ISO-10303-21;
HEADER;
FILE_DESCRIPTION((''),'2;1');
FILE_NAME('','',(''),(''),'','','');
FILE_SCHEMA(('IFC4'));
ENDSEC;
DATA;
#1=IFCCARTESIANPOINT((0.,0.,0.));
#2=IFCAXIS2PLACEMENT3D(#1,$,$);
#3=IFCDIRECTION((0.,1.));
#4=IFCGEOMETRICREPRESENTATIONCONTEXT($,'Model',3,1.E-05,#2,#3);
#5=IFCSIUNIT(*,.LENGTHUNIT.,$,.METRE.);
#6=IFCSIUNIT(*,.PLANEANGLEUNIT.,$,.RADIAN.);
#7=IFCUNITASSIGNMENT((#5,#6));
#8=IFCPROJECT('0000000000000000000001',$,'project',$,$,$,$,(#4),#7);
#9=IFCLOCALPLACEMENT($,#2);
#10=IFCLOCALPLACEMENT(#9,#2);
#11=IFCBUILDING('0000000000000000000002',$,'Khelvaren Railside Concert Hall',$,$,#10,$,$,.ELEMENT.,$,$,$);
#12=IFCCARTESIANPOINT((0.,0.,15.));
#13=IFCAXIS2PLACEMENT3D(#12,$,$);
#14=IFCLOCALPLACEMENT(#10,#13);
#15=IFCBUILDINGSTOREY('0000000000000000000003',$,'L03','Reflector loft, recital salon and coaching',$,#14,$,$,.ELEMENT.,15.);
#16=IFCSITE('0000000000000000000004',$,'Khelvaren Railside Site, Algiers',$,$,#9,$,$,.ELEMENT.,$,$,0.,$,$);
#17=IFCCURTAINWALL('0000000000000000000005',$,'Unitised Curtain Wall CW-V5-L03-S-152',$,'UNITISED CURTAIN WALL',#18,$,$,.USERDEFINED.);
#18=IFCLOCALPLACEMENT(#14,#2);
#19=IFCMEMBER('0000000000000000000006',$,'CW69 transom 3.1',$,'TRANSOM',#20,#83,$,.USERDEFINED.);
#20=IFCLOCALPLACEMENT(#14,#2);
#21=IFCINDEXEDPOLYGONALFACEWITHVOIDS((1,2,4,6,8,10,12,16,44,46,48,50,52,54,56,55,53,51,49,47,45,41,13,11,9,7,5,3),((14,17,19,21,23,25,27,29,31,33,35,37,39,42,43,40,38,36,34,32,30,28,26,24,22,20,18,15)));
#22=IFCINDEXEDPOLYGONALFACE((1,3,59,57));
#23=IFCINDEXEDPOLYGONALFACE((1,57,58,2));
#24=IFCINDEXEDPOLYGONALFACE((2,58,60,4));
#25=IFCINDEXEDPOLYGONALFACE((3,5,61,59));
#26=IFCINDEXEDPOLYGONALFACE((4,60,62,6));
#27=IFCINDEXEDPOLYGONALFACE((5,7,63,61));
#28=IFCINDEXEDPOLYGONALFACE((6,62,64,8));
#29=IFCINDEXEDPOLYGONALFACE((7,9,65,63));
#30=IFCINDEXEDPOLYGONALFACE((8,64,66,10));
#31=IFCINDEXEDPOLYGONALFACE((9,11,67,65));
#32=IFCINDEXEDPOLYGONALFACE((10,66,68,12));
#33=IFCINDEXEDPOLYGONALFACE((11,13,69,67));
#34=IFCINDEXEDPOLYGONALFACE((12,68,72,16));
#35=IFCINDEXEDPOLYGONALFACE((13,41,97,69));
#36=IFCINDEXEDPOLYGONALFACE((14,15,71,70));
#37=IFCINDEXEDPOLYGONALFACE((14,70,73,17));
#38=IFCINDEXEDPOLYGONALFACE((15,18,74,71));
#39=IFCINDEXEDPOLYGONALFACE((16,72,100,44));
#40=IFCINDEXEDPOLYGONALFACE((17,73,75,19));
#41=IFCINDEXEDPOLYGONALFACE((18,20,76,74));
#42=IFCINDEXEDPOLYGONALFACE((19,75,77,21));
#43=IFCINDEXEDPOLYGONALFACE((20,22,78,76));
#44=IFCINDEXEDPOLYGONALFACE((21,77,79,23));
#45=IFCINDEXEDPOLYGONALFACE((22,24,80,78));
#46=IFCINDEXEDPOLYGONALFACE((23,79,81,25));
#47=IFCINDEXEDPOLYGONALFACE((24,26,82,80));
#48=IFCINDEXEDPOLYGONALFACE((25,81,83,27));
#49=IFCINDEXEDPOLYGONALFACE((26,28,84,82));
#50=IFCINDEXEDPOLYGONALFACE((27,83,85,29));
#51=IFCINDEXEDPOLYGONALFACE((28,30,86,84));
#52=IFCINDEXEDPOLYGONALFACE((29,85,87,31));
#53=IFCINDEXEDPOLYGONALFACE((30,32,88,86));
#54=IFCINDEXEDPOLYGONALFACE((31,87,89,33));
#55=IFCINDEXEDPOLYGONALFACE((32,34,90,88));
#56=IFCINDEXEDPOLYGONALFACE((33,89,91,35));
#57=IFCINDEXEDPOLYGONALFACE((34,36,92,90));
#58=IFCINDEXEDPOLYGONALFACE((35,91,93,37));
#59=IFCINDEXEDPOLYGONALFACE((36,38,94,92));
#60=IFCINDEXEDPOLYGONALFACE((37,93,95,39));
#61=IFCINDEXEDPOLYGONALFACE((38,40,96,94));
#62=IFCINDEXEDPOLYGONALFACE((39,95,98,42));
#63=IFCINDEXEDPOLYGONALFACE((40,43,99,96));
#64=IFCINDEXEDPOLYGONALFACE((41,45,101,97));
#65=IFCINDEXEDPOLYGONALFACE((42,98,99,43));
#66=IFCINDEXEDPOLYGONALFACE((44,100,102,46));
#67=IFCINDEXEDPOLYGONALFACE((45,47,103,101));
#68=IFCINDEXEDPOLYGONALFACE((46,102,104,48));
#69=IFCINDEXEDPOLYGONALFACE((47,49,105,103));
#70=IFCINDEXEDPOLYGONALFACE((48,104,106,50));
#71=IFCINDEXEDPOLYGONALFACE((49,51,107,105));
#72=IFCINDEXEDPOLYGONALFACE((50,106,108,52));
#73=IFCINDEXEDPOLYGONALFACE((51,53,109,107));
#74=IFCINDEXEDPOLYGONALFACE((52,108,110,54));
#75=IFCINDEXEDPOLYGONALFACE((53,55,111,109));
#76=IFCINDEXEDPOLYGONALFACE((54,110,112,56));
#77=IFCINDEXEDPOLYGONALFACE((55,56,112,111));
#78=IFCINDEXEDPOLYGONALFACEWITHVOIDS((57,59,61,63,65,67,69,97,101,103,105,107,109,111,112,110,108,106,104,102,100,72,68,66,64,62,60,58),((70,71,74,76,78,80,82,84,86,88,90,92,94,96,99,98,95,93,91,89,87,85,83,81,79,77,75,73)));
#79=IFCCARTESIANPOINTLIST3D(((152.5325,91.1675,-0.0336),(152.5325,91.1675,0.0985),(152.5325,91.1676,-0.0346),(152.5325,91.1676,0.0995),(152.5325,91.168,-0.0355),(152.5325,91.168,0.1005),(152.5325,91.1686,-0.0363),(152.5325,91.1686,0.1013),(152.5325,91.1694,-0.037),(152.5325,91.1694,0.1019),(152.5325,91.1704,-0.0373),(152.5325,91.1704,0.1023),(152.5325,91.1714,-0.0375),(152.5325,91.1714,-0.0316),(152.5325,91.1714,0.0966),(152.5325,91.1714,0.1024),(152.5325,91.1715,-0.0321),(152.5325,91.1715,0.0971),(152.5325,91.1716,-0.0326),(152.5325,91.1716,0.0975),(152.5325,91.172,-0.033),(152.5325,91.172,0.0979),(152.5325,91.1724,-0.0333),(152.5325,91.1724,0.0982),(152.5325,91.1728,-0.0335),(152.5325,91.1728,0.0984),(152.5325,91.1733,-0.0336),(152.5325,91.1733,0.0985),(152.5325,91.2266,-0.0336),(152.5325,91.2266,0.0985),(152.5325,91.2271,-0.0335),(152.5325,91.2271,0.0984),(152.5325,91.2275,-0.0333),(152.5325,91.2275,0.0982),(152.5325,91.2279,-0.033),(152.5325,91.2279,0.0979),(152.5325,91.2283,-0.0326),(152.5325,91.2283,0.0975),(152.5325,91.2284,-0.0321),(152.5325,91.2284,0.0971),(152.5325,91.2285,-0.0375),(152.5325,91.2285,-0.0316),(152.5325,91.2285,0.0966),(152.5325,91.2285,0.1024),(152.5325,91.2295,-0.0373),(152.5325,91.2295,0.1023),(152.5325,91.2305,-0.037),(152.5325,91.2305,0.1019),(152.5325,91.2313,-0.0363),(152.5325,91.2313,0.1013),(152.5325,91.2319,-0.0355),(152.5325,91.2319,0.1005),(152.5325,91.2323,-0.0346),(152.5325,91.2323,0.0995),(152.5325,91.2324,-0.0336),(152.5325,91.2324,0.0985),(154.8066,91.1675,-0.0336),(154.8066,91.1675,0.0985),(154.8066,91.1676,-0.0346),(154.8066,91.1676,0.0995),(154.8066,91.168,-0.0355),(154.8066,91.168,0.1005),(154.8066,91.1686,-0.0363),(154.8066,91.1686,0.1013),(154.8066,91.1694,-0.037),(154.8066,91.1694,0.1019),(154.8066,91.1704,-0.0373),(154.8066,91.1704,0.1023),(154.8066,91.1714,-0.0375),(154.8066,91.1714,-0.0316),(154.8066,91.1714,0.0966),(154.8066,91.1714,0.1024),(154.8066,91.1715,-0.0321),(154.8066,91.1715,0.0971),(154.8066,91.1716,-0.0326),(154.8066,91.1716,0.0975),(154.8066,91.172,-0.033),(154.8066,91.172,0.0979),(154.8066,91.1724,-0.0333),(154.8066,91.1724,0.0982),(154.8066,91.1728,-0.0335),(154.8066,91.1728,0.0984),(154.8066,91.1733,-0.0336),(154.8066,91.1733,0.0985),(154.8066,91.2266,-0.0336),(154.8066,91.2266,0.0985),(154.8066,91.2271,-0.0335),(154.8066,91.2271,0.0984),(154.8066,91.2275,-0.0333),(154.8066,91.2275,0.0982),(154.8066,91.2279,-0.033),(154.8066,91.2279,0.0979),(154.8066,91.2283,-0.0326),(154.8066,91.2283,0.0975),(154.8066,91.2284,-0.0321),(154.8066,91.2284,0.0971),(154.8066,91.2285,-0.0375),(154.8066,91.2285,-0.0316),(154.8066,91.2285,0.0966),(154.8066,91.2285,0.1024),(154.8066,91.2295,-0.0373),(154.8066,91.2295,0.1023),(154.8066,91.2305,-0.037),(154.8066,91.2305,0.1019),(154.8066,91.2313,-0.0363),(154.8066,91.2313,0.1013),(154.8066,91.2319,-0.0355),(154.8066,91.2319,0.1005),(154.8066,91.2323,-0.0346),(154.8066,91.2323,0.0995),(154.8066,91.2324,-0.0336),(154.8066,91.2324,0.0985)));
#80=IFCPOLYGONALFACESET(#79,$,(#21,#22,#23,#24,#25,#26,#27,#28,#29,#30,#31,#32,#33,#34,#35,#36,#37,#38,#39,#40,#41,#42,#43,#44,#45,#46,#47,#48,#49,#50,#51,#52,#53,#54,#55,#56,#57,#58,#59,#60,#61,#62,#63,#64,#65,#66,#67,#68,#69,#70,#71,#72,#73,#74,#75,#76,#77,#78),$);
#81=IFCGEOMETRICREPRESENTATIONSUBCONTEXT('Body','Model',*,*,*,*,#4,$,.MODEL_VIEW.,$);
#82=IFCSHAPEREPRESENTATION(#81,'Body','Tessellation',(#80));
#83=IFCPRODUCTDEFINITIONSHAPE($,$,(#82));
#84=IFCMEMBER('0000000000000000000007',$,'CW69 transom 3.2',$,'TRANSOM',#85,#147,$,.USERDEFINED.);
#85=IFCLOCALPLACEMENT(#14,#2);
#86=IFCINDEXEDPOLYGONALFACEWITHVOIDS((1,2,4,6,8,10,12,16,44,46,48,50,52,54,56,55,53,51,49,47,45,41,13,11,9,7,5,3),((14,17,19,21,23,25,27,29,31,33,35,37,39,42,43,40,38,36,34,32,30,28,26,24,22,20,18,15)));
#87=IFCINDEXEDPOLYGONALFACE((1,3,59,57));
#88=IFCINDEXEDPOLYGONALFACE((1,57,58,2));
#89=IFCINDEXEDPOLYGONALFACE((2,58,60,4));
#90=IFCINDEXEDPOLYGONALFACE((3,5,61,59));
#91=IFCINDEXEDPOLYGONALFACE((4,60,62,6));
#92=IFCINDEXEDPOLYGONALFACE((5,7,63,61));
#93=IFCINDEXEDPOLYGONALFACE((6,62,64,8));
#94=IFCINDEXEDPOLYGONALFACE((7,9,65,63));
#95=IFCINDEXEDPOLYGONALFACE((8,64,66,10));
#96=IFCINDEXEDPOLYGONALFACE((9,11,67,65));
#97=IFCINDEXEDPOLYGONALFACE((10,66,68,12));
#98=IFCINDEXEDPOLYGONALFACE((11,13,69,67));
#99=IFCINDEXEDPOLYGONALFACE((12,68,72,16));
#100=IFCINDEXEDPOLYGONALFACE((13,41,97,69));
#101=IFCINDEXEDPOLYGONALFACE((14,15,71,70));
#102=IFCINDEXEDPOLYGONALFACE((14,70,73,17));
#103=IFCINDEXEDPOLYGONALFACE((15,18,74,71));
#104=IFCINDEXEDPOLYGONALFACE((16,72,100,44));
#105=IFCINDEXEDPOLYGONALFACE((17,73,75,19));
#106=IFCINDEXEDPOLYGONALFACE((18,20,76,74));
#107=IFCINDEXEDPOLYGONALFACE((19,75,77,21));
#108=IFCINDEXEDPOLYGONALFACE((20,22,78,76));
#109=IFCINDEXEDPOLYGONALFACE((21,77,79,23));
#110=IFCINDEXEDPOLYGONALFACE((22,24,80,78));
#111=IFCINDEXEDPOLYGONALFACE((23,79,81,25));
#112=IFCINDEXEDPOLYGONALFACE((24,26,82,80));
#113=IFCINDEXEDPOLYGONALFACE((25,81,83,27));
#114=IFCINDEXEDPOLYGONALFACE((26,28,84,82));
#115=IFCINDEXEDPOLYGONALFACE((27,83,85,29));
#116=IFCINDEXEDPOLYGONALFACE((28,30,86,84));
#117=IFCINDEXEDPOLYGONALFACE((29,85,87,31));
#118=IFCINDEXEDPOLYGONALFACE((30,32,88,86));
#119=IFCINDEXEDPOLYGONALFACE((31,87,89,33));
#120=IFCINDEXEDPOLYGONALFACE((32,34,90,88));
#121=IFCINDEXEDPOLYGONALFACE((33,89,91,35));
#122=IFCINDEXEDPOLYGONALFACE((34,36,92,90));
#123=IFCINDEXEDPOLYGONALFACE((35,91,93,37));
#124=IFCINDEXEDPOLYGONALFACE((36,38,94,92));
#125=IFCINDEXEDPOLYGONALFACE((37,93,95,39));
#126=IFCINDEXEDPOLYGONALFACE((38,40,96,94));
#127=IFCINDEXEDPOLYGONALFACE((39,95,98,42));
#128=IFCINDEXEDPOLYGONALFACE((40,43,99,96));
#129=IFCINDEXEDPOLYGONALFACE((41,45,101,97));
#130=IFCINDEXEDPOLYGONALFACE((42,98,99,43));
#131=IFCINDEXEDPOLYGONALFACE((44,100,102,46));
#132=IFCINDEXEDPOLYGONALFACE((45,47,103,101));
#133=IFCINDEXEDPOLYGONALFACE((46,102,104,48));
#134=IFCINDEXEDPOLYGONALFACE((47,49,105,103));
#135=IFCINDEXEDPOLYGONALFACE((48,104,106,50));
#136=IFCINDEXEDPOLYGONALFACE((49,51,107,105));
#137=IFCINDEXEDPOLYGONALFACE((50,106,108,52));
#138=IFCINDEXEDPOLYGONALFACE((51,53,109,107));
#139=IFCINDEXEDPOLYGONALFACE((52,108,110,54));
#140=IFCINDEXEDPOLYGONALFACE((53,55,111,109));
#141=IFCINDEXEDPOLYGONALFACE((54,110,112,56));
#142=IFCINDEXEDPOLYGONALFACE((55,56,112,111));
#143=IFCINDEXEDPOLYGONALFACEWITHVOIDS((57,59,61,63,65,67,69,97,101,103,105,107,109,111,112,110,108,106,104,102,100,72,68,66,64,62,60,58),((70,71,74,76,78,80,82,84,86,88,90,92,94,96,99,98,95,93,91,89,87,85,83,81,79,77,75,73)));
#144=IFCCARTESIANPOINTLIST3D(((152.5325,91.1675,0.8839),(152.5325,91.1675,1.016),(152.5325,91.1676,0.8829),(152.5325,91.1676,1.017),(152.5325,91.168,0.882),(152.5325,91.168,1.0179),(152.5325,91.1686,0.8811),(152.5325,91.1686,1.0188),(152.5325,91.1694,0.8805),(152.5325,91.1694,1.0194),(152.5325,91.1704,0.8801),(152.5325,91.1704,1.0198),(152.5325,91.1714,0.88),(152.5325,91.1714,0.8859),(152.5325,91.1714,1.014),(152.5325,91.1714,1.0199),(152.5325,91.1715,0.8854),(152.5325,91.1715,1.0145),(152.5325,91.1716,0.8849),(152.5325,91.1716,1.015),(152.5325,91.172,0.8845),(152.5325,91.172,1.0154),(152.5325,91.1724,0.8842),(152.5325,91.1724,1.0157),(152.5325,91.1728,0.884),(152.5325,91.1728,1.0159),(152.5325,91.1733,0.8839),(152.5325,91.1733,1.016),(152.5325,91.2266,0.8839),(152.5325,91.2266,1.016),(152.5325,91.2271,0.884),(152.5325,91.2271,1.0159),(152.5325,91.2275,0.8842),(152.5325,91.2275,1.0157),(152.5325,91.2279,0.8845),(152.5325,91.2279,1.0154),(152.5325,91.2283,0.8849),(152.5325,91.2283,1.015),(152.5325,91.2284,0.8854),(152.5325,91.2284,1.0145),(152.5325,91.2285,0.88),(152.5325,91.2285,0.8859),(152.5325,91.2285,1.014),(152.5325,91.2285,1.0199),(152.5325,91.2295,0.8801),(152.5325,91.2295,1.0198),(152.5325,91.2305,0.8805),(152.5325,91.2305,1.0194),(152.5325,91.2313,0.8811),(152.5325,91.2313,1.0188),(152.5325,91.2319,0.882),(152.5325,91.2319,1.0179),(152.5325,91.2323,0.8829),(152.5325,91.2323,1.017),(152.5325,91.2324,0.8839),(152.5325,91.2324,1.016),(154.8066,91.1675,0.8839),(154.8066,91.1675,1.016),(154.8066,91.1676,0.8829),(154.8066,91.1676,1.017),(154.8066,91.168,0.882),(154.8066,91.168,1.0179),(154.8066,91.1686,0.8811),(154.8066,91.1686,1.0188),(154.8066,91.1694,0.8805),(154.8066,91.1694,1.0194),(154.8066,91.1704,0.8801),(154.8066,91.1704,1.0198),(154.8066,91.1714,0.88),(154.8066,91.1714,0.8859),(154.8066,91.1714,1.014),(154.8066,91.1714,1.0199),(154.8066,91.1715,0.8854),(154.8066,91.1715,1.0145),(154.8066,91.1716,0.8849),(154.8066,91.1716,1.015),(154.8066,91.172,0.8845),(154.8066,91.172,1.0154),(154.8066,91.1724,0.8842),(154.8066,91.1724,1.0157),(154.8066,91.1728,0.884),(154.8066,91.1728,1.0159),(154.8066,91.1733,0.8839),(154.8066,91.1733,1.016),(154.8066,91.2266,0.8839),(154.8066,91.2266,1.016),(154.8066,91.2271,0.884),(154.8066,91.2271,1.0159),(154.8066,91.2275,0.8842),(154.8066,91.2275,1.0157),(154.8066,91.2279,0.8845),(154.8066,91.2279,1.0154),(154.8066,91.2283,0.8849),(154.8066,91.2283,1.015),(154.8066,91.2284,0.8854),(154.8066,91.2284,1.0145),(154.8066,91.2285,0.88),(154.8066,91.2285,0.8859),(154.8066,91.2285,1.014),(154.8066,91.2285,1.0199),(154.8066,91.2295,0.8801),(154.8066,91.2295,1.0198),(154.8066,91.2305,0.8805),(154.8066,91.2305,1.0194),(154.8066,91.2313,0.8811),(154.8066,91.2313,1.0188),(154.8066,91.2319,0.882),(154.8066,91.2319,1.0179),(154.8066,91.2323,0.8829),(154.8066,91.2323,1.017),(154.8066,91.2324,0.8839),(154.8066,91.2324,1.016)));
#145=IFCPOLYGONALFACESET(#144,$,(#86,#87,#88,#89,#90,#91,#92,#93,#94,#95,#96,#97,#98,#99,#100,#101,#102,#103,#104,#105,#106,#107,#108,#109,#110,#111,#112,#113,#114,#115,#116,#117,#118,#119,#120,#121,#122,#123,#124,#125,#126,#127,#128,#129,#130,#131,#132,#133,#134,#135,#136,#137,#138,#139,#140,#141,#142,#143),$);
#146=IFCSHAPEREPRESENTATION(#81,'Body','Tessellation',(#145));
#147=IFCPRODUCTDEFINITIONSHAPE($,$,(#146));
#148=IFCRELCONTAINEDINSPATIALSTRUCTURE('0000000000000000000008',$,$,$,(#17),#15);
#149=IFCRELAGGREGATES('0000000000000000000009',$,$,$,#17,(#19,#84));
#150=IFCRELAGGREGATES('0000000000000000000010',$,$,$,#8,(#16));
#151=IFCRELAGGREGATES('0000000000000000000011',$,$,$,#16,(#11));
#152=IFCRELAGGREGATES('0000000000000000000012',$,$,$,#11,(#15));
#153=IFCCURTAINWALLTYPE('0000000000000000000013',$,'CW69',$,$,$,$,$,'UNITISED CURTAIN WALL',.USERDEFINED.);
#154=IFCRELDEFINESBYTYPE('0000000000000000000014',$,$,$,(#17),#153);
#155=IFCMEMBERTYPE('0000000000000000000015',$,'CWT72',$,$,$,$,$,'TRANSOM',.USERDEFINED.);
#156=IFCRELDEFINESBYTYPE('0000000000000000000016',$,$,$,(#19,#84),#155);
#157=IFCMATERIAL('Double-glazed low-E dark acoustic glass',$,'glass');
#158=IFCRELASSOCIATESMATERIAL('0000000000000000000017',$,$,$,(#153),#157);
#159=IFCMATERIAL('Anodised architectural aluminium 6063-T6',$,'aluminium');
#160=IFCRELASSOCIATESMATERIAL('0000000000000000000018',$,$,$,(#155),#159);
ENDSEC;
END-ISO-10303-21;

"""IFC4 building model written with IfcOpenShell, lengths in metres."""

from ifc_helpers import new_model, si_unit, direction, frame, origin, origin_2d, place, context, subcontext, project, spatial, hollow_rectangle, extrude, material, material_profile, profile_set, type_object, element, aggregate, save


model = new_model("IFC4")

# Units and contexts
model_context = context("Model", 3, precision=1e-05, world=origin(), true_north=direction((0.0, 1.0)))
body_context = subcontext(model_context, "Body", "Model", "MODEL_VIEW")
ifc_project = project(units=[si_unit("LENGTHUNIT", "METRE"), si_unit("PLANEANGLEUNIT", "RADIAN")], contexts=[model_context])

# Site, building, storey
site_placement = place(None, origin())
site = spatial("IfcSite", under=ifc_project, at=site_placement, Name="Khelvaren Railside Site, Algiers", CompositionType="ELEMENT", RefElevation=0.0)
building_placement = place(site_placement, origin())
building = spatial("IfcBuilding", under=site, at=building_placement, Name="Khelvaren Railside Concert Hall", CompositionType="ELEMENT")
storey_placement = place(building_placement, frame((0.0, 0.0, 15.0)))
storey = spatial("IfcBuildingStorey", under=building, at=storey_placement, Name="L03", Description="Reflector loft, recital salon and coaching", CompositionType="ELEMENT", Elevation=15.0)

# Shared definitions
ifc_material_1 = material(Name="Double-glazed low-E dark acoustic glass", Category="glass")
ifc_material_2 = material(Name="Anodised architectural aluminium 6063-T6", Category="aluminium")

# Curtain wall
curtain_wall_type_1 = type_object("IfcCurtainWallType", Name="CW69", ElementType="UNITISED CURTAIN WALL", PredefinedType="USERDEFINED", material=ifc_material_1)
curtain_wall_1_placement = place(storey_placement, origin())
curtain_wall_1 = element("IfcCurtainWall", 1, at=curtain_wall_1_placement, inside=storey, type_object=curtain_wall_type_1, Name="Unitised Curtain Wall CW-V5-L03-S-152", ObjectType="UNITISED CURTAIN WALL", PredefinedType="USERDEFINED")

# Members
ifc_material_profile_1 = material_profile(ifc_material_2, hollow_rectangle(XDim=0.0649, YDim=0.1399, WallThickness=0.0039, InnerFilletRadius=0.002, OuterFilletRadius=0.0039, at=origin_2d()), Name="CWT 65x140x4")
ifc_profile_set_1 = profile_set([ifc_material_profile_1], Name="Anodised architectural aluminium 6063-T6")
member_type_1 = type_object("IfcMemberType", Name="CWT72", ElementType="TRANSOM", PredefinedType="USERDEFINED", material=ifc_profile_set_1)
member_1_placement = place(storey_placement, frame((154.8066, 91.2, 0.0325), z_axis=(-1.0, 0.0, 0.0), x_axis=(0.0, -1.0, 0.0)))
member_1 = element("IfcMember", 2, at=member_1_placement, type_object=member_type_1, Name="CW69 transom 3.1", ObjectType="TRANSOM", PredefinedType="USERDEFINED", context=body_context, shape_type="SweptSolid", body=[
    extrude(hollow_rectangle(XDim=0.0649, YDim=0.1399, WallThickness=0.0039, InnerFilletRadius=0.002, OuterFilletRadius=0.0039, at=origin_2d()), origin(), (0.0, 0.0, 1.0), 2.2742),
])
member_2_placement = place(storey_placement, frame((154.8066, 91.2, 0.95), z_axis=(-1.0, 0.0, 0.0), x_axis=(0.0, -1.0, 0.0)))
member_2 = element("IfcMember", 3, at=member_2_placement, type_object=member_type_1, Name="CW69 transom 3.2", ObjectType="TRANSOM", PredefinedType="USERDEFINED", context=body_context, shape_type="SweptSolid", body=[
    extrude(hollow_rectangle(XDim=0.0649, YDim=0.1399, WallThickness=0.0039, InnerFilletRadius=0.002, OuterFilletRadius=0.0039, at=origin_2d()), origin(), (0.0, 0.0, 1.0), 2.2742),
])

aggregate(curtain_wall_1, [member_1, member_2])

save(model, "model.ifc")
